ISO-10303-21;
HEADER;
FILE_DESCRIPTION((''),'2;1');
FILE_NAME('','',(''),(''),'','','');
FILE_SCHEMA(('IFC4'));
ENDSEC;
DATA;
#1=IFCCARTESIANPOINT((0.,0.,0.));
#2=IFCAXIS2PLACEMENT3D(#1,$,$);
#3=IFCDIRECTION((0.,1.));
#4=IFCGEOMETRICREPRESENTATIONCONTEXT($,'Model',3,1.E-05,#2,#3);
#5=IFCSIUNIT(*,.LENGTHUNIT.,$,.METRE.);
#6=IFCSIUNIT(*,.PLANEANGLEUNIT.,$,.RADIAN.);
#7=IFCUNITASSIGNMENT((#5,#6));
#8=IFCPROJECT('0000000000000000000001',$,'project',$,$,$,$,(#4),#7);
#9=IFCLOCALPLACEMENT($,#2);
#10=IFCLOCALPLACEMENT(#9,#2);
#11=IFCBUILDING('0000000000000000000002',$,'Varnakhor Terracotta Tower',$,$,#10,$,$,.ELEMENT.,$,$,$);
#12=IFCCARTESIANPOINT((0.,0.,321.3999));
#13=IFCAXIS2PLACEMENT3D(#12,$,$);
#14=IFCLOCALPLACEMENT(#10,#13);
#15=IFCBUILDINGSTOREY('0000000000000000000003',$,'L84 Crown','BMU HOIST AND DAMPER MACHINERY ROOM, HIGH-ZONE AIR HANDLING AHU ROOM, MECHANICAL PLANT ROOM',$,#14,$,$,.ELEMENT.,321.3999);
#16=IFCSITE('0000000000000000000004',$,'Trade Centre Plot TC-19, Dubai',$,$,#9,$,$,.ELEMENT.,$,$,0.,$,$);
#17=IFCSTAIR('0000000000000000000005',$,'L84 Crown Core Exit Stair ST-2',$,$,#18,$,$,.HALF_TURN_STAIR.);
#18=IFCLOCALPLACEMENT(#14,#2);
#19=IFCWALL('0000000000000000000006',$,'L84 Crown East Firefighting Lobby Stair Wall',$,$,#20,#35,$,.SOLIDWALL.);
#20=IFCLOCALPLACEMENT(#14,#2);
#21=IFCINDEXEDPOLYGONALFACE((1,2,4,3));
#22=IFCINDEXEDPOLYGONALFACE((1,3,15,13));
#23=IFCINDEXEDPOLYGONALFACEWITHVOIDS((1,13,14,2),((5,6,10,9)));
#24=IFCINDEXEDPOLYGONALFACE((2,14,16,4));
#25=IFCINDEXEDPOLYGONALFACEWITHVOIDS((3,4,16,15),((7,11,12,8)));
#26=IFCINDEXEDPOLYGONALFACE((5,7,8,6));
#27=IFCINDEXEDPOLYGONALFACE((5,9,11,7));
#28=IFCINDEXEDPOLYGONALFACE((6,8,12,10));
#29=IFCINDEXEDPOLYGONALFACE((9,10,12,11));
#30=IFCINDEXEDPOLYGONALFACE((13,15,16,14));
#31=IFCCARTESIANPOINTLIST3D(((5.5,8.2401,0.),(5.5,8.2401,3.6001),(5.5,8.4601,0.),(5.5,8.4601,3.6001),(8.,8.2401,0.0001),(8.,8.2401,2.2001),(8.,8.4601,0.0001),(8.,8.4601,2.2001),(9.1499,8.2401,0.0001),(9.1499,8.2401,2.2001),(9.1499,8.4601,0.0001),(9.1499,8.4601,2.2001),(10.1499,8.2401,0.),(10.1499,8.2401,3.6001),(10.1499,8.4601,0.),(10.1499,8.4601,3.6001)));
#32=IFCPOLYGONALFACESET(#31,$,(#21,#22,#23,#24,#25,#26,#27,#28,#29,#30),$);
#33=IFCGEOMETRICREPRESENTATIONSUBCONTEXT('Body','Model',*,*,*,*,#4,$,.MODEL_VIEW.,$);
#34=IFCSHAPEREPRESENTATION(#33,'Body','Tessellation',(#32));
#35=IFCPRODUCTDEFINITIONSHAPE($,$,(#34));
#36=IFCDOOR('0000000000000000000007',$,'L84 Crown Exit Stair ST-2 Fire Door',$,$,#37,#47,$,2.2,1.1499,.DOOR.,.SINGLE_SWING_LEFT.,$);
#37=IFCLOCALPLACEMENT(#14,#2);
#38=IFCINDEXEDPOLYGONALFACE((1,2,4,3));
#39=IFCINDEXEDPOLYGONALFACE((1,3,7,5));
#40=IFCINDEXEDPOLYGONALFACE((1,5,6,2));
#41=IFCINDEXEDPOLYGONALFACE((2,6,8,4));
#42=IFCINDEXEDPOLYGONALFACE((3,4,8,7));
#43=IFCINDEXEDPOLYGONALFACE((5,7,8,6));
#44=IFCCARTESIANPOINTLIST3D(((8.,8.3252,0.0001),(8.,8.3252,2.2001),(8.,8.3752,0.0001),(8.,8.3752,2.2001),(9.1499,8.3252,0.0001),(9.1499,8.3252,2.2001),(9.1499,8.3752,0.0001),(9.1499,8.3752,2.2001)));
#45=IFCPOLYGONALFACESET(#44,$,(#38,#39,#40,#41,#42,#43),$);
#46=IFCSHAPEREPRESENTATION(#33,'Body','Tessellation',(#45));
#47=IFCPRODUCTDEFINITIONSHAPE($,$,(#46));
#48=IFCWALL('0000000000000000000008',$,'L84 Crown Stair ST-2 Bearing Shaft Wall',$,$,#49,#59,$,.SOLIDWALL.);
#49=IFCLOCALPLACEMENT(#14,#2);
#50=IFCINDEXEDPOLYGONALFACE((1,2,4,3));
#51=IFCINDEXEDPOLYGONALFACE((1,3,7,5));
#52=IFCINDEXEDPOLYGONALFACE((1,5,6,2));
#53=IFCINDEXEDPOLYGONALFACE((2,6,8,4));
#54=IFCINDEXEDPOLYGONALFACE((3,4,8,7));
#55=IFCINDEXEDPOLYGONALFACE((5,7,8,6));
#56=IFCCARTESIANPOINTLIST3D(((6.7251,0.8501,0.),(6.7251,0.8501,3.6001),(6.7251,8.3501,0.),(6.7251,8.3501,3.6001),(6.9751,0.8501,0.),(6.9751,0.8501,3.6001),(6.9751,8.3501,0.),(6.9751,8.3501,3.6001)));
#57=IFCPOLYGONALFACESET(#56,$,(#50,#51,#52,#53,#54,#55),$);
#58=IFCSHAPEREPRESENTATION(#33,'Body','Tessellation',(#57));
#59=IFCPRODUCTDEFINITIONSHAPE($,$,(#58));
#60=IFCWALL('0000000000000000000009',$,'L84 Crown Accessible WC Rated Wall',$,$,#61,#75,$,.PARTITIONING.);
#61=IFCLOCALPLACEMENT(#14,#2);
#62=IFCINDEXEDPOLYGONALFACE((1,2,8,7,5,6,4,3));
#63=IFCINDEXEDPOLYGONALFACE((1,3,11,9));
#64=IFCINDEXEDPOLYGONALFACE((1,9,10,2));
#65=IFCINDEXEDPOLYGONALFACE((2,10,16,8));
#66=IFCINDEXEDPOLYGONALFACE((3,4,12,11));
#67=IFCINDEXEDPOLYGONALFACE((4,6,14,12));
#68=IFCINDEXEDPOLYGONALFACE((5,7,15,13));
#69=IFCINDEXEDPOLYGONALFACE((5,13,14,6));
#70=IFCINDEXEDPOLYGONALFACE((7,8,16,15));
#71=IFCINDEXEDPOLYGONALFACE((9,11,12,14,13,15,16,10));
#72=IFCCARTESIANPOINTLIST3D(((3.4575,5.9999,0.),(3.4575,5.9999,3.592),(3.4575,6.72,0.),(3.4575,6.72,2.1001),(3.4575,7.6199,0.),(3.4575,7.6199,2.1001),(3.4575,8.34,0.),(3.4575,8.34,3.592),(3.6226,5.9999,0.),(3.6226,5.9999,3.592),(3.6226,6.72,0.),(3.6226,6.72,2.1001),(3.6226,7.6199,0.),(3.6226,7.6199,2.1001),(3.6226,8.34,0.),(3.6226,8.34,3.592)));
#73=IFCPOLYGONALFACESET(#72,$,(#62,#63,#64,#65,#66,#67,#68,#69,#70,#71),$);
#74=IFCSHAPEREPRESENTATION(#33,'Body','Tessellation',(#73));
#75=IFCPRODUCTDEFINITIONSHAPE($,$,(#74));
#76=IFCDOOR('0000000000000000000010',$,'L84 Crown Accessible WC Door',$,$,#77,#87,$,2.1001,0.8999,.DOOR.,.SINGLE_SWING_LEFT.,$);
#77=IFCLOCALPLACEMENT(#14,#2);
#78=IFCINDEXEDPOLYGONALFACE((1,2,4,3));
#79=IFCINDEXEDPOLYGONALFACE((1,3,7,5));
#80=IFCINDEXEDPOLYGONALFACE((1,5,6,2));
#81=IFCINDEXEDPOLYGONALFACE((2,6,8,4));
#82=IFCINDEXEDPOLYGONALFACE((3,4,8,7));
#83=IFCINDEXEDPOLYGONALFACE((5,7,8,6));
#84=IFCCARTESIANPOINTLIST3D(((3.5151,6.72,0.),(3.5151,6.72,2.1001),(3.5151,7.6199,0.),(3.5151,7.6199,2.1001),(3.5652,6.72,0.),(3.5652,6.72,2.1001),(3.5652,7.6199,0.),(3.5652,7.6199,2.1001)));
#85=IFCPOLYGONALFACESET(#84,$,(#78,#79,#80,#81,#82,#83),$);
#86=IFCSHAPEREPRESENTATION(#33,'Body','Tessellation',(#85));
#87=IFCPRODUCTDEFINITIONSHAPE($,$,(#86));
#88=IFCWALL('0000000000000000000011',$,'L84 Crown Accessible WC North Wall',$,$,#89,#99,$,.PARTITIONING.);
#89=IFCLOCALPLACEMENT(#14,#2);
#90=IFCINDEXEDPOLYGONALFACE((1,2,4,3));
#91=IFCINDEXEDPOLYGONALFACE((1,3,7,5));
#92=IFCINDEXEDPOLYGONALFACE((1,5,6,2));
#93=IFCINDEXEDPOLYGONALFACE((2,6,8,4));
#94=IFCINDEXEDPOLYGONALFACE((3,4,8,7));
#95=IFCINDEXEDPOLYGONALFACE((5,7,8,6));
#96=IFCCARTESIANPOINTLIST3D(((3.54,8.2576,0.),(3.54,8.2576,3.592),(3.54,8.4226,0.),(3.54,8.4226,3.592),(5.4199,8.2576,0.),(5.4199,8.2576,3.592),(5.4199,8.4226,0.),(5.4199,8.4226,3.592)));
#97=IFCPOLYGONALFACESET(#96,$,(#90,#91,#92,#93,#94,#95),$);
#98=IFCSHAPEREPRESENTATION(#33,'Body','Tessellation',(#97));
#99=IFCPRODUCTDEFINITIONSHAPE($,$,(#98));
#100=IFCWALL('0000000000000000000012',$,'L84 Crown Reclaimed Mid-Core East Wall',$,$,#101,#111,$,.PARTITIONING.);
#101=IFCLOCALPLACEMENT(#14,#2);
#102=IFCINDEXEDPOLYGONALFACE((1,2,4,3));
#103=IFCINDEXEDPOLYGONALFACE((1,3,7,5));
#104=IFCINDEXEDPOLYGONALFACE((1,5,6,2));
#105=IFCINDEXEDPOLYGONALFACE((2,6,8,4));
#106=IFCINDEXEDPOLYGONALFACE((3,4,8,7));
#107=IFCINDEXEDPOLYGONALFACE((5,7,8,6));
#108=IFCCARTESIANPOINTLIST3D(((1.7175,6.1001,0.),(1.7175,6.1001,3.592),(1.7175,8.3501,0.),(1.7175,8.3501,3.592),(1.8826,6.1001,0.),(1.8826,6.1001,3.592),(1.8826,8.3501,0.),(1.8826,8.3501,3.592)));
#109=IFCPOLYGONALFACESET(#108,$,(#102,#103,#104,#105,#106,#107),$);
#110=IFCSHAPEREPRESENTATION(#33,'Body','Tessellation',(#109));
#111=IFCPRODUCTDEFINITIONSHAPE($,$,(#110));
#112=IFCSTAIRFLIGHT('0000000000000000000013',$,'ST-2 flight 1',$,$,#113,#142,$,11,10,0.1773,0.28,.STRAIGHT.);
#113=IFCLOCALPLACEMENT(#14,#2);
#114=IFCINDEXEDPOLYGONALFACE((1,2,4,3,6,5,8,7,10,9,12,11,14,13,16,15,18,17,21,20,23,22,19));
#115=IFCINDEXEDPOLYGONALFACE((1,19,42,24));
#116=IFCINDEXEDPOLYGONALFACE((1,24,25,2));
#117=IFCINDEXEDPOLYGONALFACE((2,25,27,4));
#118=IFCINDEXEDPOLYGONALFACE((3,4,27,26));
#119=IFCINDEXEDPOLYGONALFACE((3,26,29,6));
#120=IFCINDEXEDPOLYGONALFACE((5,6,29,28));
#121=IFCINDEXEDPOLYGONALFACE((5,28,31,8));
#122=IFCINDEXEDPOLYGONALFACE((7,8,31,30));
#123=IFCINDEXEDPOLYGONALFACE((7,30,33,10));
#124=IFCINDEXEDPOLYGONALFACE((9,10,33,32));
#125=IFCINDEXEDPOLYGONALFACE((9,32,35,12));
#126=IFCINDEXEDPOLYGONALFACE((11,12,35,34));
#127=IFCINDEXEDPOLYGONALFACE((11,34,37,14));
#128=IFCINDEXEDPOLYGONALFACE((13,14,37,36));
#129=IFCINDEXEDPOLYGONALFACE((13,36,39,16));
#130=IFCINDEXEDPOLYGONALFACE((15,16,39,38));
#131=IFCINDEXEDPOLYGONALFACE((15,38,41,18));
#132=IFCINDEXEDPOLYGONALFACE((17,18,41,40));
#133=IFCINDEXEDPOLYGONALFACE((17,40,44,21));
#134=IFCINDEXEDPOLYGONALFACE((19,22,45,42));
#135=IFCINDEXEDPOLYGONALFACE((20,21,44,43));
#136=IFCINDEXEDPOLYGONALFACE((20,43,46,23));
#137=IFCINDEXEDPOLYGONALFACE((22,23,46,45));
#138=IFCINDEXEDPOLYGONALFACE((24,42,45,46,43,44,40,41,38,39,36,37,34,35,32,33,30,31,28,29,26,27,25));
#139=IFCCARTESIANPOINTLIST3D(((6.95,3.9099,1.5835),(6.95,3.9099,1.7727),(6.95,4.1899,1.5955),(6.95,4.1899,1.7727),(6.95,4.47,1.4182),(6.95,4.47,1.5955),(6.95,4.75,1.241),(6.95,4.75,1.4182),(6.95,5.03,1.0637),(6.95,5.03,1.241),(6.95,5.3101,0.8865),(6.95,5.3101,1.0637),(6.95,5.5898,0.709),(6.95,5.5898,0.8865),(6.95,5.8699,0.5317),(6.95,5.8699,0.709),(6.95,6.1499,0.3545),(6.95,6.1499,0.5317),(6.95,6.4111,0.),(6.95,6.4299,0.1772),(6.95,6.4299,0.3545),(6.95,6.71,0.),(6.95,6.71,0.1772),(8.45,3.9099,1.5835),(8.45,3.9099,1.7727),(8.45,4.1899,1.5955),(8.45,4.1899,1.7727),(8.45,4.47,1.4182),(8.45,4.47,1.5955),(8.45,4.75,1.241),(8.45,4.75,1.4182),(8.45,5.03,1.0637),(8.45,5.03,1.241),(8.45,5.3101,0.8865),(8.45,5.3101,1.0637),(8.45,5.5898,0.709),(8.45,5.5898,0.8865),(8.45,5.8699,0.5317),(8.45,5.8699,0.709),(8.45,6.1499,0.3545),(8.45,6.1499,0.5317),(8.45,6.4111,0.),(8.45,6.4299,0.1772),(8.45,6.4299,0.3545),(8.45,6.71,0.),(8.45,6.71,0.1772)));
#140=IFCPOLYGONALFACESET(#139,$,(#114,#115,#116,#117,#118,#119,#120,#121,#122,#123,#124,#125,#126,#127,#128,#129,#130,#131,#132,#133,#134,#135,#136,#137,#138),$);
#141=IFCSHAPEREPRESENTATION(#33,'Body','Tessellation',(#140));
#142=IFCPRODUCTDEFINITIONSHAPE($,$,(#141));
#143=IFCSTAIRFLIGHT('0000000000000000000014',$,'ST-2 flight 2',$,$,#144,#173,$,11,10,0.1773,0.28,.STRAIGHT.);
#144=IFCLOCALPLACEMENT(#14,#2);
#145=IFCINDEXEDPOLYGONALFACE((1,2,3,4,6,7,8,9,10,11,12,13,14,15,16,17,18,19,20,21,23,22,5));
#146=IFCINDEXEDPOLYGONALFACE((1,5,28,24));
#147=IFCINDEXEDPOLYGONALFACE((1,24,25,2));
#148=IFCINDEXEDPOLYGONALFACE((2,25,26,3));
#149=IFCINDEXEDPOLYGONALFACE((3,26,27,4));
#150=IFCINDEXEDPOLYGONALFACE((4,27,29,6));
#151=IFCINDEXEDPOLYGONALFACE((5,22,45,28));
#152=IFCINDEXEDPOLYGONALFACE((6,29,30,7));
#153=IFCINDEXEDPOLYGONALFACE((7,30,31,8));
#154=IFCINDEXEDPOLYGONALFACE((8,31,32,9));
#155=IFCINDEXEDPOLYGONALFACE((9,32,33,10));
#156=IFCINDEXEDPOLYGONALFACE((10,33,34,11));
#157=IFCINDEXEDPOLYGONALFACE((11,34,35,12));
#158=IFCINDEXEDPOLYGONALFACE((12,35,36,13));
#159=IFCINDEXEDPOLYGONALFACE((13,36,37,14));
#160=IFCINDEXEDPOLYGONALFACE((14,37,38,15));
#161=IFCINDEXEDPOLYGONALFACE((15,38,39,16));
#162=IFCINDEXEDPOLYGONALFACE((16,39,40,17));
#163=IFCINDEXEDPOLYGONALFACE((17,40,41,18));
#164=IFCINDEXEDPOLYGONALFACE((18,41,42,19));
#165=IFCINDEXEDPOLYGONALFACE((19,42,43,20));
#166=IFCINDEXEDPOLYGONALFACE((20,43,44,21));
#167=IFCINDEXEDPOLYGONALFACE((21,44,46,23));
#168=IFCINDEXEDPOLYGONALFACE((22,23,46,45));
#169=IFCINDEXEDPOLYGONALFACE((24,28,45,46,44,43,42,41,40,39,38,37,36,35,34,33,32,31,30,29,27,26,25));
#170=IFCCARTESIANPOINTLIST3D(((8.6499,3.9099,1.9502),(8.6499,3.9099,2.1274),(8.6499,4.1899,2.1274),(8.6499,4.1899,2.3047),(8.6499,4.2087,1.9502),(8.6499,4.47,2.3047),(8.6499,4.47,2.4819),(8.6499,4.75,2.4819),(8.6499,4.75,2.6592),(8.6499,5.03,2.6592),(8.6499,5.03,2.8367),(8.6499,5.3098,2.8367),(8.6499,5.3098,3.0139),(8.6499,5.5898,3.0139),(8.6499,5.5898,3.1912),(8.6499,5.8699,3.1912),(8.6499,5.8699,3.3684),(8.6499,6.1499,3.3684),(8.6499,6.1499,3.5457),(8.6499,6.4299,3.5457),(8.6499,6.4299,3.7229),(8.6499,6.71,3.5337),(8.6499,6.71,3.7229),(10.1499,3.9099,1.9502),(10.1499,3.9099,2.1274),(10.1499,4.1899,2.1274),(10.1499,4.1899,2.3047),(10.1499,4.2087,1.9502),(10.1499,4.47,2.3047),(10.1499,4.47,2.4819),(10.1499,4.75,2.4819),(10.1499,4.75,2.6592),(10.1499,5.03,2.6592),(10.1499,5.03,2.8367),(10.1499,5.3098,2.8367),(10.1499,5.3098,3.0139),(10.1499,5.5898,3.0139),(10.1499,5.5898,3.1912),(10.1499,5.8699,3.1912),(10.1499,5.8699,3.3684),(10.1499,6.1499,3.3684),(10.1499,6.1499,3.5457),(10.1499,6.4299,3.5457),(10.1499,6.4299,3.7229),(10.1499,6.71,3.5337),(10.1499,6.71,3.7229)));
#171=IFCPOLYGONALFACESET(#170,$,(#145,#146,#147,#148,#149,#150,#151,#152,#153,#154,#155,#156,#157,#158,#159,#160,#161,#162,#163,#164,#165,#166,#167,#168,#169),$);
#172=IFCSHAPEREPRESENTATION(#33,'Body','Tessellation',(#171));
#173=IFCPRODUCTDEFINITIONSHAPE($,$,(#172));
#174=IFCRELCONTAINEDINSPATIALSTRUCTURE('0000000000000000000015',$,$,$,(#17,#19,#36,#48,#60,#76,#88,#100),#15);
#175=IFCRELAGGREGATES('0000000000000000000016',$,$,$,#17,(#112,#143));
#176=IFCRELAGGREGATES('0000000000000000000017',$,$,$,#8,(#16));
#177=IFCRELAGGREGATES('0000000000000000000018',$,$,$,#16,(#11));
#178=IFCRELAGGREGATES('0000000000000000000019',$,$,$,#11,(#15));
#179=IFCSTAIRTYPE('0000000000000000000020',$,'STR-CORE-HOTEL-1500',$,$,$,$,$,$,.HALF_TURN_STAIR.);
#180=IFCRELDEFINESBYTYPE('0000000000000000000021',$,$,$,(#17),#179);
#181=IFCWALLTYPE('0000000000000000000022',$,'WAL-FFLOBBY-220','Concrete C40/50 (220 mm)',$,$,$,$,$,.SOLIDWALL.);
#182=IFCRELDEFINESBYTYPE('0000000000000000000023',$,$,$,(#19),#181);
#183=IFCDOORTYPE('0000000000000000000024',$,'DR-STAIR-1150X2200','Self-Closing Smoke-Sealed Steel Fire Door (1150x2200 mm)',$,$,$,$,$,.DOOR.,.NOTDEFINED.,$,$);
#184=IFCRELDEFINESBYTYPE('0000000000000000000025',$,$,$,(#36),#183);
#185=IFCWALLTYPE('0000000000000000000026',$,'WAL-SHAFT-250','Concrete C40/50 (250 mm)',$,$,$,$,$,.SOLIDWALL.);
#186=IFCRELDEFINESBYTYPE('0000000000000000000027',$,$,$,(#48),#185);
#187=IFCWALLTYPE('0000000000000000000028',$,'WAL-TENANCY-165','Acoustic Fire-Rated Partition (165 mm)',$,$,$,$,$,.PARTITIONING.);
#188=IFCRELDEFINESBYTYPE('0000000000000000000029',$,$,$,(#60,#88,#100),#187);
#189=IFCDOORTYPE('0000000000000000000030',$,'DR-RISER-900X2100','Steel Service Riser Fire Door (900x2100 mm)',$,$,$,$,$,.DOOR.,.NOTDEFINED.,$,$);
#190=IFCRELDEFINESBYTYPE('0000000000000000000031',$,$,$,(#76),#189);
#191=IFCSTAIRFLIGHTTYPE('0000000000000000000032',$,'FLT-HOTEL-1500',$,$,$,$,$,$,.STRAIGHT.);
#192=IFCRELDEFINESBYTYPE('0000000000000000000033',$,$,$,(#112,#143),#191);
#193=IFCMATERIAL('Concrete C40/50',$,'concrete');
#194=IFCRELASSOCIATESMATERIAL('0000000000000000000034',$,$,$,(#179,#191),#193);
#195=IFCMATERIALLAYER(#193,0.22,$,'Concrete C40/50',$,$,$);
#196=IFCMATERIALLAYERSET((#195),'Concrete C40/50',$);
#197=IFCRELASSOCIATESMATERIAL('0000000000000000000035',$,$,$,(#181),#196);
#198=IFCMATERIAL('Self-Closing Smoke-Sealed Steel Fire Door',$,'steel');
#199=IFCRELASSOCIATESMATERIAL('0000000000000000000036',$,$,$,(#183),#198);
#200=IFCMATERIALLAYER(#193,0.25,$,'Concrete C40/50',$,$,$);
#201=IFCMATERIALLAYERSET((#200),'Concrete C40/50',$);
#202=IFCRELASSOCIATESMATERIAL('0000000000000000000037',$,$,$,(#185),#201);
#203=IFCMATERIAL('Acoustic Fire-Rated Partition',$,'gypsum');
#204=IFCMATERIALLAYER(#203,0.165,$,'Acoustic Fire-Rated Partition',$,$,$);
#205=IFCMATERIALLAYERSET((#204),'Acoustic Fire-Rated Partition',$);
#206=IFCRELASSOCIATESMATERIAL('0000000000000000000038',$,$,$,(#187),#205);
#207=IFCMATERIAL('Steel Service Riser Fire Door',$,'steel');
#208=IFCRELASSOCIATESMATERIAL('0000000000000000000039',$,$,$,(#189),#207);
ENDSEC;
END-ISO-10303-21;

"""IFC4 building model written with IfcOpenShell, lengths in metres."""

from ifc_helpers import new_model, si_unit, direction, frame, frame_2d, origin, place, context, subcontext, project, spatial, polyline, rectangle, outline, extrude, source, transform, mapped, material, layer, layer_set, type_object, type_shapes, element, fill, aggregate, save


model = new_model("IFC4")

# Units and contexts
model_context = context("Model", 3, precision=1e-05, world=origin(), true_north=direction((0.0, 1.0)))
body_context = subcontext(model_context, "Body", "Model", "MODEL_VIEW")
ifc_project = project(units=[si_unit("LENGTHUNIT", "METRE"), si_unit("PLANEANGLEUNIT", "RADIAN")], contexts=[model_context])

# Site, building, storey
site_placement = place(None, origin())
site = spatial("IfcSite", under=ifc_project, at=site_placement, Name="Trade Centre Plot TC-19, Dubai", CompositionType="ELEMENT", RefElevation=0.0)
building_placement = place(site_placement, origin())
building = spatial("IfcBuilding", under=site, at=building_placement, Name="Varnakhor Terracotta Tower", CompositionType="ELEMENT")
storey_placement = place(building_placement, frame((0.0, 0.0, 321.3999)))
storey = spatial("IfcBuildingStorey", under=building, at=storey_placement, Name="L84 Crown", Description="BMU HOIST AND DAMPER MACHINERY ROOM, HIGH-ZONE AIR HANDLING AHU ROOM, MECHANICAL PLANT ROOM", CompositionType="ELEMENT", Elevation=321.3999)

# Stair
ifc_material_1 = material(Name="Concrete C40/50", Category="concrete")
stair_type = type_object("IfcStairType", Name="STR-CORE-HOTEL-1500", PredefinedType="HALF_TURN_STAIR", material=ifc_material_1)
stair_1_placement = place(storey_placement, origin())
stair_1 = element("IfcStair", 1, at=stair_1_placement, inside=storey, type_object=stair_type, Name="L84 Crown Core Exit Stair ST-2", PredefinedType="HALF_TURN_STAIR")

# Wall, opening, door
ifc_layer_1 = layer(ifc_material_1, 0.22, Name="Concrete C40/50")
ifc_layer_set_1 = layer_set([ifc_layer_1], Name="Concrete C40/50")
wall_type_1 = type_object("IfcWallType", Name="WAL-FFLOBBY-220", Description="Concrete C40/50 (220 mm)", PredefinedType="SOLIDWALL", material=ifc_layer_set_1)
wall_1_placement = place(storey_placement, frame((10.1499, 8.3501, 0.0), z_axis=(0.0, 0.0, 1.0), x_axis=(-1.0, 0.0, 0.0)))
wall_1 = element("IfcWall", 2, at=wall_1_placement, inside=storey, type_object=wall_type_1, Name="L84 Crown East Firefighting Lobby Stair Wall", PredefinedType="SOLIDWALL", context=body_context, shape_type="SweptSolid", body=[
    extrude(rectangle(XDim=4.6499, YDim=0.22, at=frame_2d((2.325, 0.0))), origin(), (0.0, 0.0, 1.0), 3.6001),
])
opening_1_placement = place(wall_1_placement, frame((1.0, 0.0, 0.0)))
opening_1 = element("IfcOpeningElement", 3, at=opening_1_placement, cuts=wall_1, PredefinedType="OPENING", context=body_context, shape_type="SweptSolid", body=[
    extrude(rectangle(XDim=1.1499, YDim=2.2, at=frame_2d((0.575, 1.1001))), frame((0.0, 0.1201, 0.0), z_axis=(0.0, -1.0, 0.0), x_axis=(1.0, 0.0, 0.0)), (0.0, 0.0, 1.0), 0.24),
])
ifc_material_2 = material(Name="Self-Closing Smoke-Sealed Steel Fire Door", Category="steel")
door_type_1 = type_object("IfcDoorType", Name="DR-STAIR-1150X2200", Description="Self-Closing Smoke-Sealed Steel Fire Door (1150x2200 mm)", OperationType="NOTDEFINED", PredefinedType="DOOR", material=ifc_material_2)
shared_shape_1 = source(origin(), body_context, "Body", "SweptSolid", [
    extrude(rectangle(XDim=1.1499, YDim=2.2, at=frame_2d((0.575, 1.1001))), frame((0.0, 0.0249, 0.0), z_axis=(0.0, -1.0, 0.0), x_axis=(1.0, 0.0, 0.0)), (0.0, 0.0, 1.0), 0.05),
])
type_shapes(door_type_1, [shared_shape_1])
door_1_placement = place(opening_1_placement, origin())
door_1 = element("IfcDoor", 4, at=door_1_placement, inside=storey, type_object=door_type_1, Name="L84 Crown Exit Stair ST-2 Fire Door", OperationType="SINGLE_SWING_LEFT", OverallHeight=2.2, OverallWidth=1.1499, PredefinedType="DOOR", context=body_context, shape_type="MappedRepresentation", body=[
    mapped(shared_shape_1, transform((0.0, 0.0, 0.0), scale=1.0)),
])
fill(opening_1, door_1)

# Wall
ifc_layer_2 = layer(ifc_material_1, 0.25, Name="Concrete C40/50")
ifc_layer_set_2 = layer_set([ifc_layer_2], Name="Concrete C40/50")
wall_type_2 = type_object("IfcWallType", Name="WAL-SHAFT-250", Description="Concrete C40/50 (250 mm)", PredefinedType="SOLIDWALL", material=ifc_layer_set_2)
wall_2_placement = place(storey_placement, frame((6.8501, 0.8501, 0.0), z_axis=(0.0, 0.0, 1.0), x_axis=(0.0, 1.0, 0.0)))
element("IfcWall", 5, at=wall_2_placement, inside=storey, type_object=wall_type_2, Name="L84 Crown Stair ST-2 Bearing Shaft Wall", PredefinedType="SOLIDWALL", context=body_context, shape_type="SweptSolid", body=[
    extrude(rectangle(XDim=7.5, YDim=0.25, at=frame_2d((3.75, 0.0))), origin(), (0.0, 0.0, 1.0), 3.6001),
])

# Wall, opening, door
ifc_material_3 = material(Name="Acoustic Fire-Rated Partition", Category="gypsum")
ifc_layer_3 = layer(ifc_material_3, 0.165, Name="Acoustic Fire-Rated Partition")
ifc_layer_set_3 = layer_set([ifc_layer_3], Name="Acoustic Fire-Rated Partition")
wall_type_3 = type_object("IfcWallType", Name="WAL-TENANCY-165", Description="Acoustic Fire-Rated Partition (165 mm)", PredefinedType="PARTITIONING", material=ifc_layer_set_3)
wall_3_placement = place(storey_placement, frame((3.54, 6.0, 0.0), z_axis=(0.0, 0.0, 1.0), x_axis=(0.0, 1.0, 0.0)))
wall_3 = element("IfcWall", 6, at=wall_3_placement, inside=storey, type_object=wall_type_3, Name="L84 Crown Accessible WC Rated Wall", PredefinedType="PARTITIONING", context=body_context, shape_type="SweptSolid", body=[
    extrude(rectangle(XDim=2.3401, YDim=0.165, at=frame_2d((1.1699, 0.0))), origin(), (0.0, 0.0, 1.0), 3.592),
])
opening_2_placement = place(wall_3_placement, frame((0.72, 0.0, 0.0)))
opening_2 = element("IfcOpeningElement", 7, at=opening_2_placement, cuts=wall_3, PredefinedType="OPENING", context=body_context, shape_type="SweptSolid", body=[
    extrude(rectangle(XDim=0.8999, YDim=2.1001, at=frame_2d((0.45, 1.05))), frame((0.0, 0.0925, 0.0), z_axis=(0.0, -1.0, 0.0), x_axis=(1.0, 0.0, 0.0)), (0.0, 0.0, 1.0), 0.1851),
])
ifc_material_4 = material(Name="Steel Service Riser Fire Door", Category="steel")
door_type_2 = type_object("IfcDoorType", Name="DR-RISER-900X2100", Description="Steel Service Riser Fire Door (900x2100 mm)", OperationType="NOTDEFINED", PredefinedType="DOOR", material=ifc_material_4)
shared_shape_2 = source(origin(), body_context, "Body", "SweptSolid", [
    extrude(rectangle(XDim=0.8999, YDim=2.1001, at=frame_2d((0.45, 1.05))), frame((0.0, 0.0249, 0.0), z_axis=(0.0, -1.0, 0.0), x_axis=(1.0, 0.0, 0.0)), (0.0, 0.0, 1.0), 0.05),
])
type_shapes(door_type_2, [shared_shape_2])
door_2_placement = place(opening_2_placement, origin())
door_2 = element("IfcDoor", 8, at=door_2_placement, inside=storey, type_object=door_type_2, Name="L84 Crown Accessible WC Door", OperationType="SINGLE_SWING_LEFT", OverallHeight=2.1001, OverallWidth=0.8999, PredefinedType="DOOR", context=body_context, shape_type="MappedRepresentation", body=[
    mapped(shared_shape_2, transform((0.0, 0.0, 0.0), scale=1.0)),
])
fill(opening_2, door_2)

# Walls
wall_4_placement = place(storey_placement, frame((3.54, 8.3401, 0.0), z_axis=(0.0, 0.0, 1.0), x_axis=(1.0, 0.0, 0.0)))
element("IfcWall", 9, at=wall_4_placement, inside=storey, type_object=wall_type_3, Name="L84 Crown Accessible WC North Wall", PredefinedType="PARTITIONING", context=body_context, shape_type="SweptSolid", body=[
    extrude(rectangle(XDim=1.8799, YDim=0.165, at=frame_2d((0.9399, 0.0))), origin(), (0.0, 0.0, 1.0), 3.592),
])
wall_5_placement = place(storey_placement, frame((1.8, 6.1001, 0.0), z_axis=(0.0, 0.0, 1.0), x_axis=(0.0, 1.0, 0.0)))
element("IfcWall", 10, at=wall_5_placement, inside=storey, type_object=wall_type_3, Name="L84 Crown Reclaimed Mid-Core East Wall", PredefinedType="PARTITIONING", context=body_context, shape_type="SweptSolid", body=[
    extrude(rectangle(XDim=2.25, YDim=0.165, at=frame_2d((1.125, 0.0))), origin(), (0.0, 0.0, 1.0), 3.592),
])

# Stair flights
stair_flight_type = type_object("IfcStairFlightType", Name="FLT-HOTEL-1500", PredefinedType="STRAIGHT", material=ifc_material_1)
stair_flight_1_placement = place(storey_placement, frame((7.7, 6.71, 0.0), z_axis=(0.0, 0.0, 1.0), x_axis=(0.0, -1.0, 0.0)))
stair_flight_1 = element("IfcStairFlight", 11, at=stair_flight_1_placement, type_object=stair_flight_type, Name="ST-2 flight 1", NumberOfRisers=11, NumberOfTreads=10, PredefinedType="STRAIGHT", RiserHeight=0.1773, TreadLength=0.28, context=body_context, shape_type="SweptSolid", body=[
    extrude(outline(polyline([(0.0, 0.0), (0.0, 0.1772), (0.28, 0.1772), (0.28, 0.3545), (0.5601, 0.3545), (0.5601, 0.5317), (0.8401, 0.5317), (0.8401, 0.709), (1.1201, 0.709), (1.1201, 0.8865), (1.3999, 0.8865), (1.3999, 1.0637), (1.6799, 1.0637), (1.6799, 1.241), (1.96, 1.241), (1.96, 1.4182), (2.24, 1.4182), (2.24, 1.5955), (2.52, 1.5955), (2.52, 1.7727), (2.8, 1.7727), (2.8, 1.95), (2.8, 1.5835), (0.2988, 0.0), (0.0, 0.0)])), frame((0.0, 0.75, 0.0), z_axis=(0.0, -1.0, 0.0), x_axis=(1.0, 0.0, 0.0)), (0.0, 0.0, 1.0), 1.5),
])
stair_flight_2_placement = place(storey_placement, frame((9.3999, 3.9099, 1.9502), z_axis=(0.0, 0.0, 1.0), x_axis=(0.0, 1.0, 0.0)))
stair_flight_2 = element("IfcStairFlight", 12, at=stair_flight_2_placement, type_object=stair_flight_type, Name="ST-2 flight 2", NumberOfRisers=11, NumberOfTreads=10, PredefinedType="STRAIGHT", RiserHeight=0.1773, TreadLength=0.28, context=body_context, shape_type="SweptSolid", body=[
    extrude(outline(polyline([(0.0, 0.0), (0.0, 0.1772), (0.28, 0.1772), (0.28, 0.3545), (0.5601, 0.3545), (0.5601, 0.5317), (0.8401, 0.5317), (0.8401, 0.709), (1.1201, 0.709), (1.1201, 0.8865), (1.3999, 0.8865), (1.3999, 1.0637), (1.6799, 1.0637), (1.6799, 1.241), (1.96, 1.241), (1.96, 1.4182), (2.24, 1.4182), (2.24, 1.5955), (2.52, 1.5955), (2.52, 1.7727), (2.8, 1.7727), (2.8, 1.95), (2.8, 1.5835), (0.2988, 0.0), (0.0, 0.0)])), frame((0.0, 0.75, 0.0), z_axis=(0.0, -1.0, 0.0), x_axis=(1.0, 0.0, 0.0)), (0.0, 0.0, 1.0), 1.5),
])
aggregate(stair_1, [stair_flight_1, stair_flight_2])

save(model, "model.ifc")
